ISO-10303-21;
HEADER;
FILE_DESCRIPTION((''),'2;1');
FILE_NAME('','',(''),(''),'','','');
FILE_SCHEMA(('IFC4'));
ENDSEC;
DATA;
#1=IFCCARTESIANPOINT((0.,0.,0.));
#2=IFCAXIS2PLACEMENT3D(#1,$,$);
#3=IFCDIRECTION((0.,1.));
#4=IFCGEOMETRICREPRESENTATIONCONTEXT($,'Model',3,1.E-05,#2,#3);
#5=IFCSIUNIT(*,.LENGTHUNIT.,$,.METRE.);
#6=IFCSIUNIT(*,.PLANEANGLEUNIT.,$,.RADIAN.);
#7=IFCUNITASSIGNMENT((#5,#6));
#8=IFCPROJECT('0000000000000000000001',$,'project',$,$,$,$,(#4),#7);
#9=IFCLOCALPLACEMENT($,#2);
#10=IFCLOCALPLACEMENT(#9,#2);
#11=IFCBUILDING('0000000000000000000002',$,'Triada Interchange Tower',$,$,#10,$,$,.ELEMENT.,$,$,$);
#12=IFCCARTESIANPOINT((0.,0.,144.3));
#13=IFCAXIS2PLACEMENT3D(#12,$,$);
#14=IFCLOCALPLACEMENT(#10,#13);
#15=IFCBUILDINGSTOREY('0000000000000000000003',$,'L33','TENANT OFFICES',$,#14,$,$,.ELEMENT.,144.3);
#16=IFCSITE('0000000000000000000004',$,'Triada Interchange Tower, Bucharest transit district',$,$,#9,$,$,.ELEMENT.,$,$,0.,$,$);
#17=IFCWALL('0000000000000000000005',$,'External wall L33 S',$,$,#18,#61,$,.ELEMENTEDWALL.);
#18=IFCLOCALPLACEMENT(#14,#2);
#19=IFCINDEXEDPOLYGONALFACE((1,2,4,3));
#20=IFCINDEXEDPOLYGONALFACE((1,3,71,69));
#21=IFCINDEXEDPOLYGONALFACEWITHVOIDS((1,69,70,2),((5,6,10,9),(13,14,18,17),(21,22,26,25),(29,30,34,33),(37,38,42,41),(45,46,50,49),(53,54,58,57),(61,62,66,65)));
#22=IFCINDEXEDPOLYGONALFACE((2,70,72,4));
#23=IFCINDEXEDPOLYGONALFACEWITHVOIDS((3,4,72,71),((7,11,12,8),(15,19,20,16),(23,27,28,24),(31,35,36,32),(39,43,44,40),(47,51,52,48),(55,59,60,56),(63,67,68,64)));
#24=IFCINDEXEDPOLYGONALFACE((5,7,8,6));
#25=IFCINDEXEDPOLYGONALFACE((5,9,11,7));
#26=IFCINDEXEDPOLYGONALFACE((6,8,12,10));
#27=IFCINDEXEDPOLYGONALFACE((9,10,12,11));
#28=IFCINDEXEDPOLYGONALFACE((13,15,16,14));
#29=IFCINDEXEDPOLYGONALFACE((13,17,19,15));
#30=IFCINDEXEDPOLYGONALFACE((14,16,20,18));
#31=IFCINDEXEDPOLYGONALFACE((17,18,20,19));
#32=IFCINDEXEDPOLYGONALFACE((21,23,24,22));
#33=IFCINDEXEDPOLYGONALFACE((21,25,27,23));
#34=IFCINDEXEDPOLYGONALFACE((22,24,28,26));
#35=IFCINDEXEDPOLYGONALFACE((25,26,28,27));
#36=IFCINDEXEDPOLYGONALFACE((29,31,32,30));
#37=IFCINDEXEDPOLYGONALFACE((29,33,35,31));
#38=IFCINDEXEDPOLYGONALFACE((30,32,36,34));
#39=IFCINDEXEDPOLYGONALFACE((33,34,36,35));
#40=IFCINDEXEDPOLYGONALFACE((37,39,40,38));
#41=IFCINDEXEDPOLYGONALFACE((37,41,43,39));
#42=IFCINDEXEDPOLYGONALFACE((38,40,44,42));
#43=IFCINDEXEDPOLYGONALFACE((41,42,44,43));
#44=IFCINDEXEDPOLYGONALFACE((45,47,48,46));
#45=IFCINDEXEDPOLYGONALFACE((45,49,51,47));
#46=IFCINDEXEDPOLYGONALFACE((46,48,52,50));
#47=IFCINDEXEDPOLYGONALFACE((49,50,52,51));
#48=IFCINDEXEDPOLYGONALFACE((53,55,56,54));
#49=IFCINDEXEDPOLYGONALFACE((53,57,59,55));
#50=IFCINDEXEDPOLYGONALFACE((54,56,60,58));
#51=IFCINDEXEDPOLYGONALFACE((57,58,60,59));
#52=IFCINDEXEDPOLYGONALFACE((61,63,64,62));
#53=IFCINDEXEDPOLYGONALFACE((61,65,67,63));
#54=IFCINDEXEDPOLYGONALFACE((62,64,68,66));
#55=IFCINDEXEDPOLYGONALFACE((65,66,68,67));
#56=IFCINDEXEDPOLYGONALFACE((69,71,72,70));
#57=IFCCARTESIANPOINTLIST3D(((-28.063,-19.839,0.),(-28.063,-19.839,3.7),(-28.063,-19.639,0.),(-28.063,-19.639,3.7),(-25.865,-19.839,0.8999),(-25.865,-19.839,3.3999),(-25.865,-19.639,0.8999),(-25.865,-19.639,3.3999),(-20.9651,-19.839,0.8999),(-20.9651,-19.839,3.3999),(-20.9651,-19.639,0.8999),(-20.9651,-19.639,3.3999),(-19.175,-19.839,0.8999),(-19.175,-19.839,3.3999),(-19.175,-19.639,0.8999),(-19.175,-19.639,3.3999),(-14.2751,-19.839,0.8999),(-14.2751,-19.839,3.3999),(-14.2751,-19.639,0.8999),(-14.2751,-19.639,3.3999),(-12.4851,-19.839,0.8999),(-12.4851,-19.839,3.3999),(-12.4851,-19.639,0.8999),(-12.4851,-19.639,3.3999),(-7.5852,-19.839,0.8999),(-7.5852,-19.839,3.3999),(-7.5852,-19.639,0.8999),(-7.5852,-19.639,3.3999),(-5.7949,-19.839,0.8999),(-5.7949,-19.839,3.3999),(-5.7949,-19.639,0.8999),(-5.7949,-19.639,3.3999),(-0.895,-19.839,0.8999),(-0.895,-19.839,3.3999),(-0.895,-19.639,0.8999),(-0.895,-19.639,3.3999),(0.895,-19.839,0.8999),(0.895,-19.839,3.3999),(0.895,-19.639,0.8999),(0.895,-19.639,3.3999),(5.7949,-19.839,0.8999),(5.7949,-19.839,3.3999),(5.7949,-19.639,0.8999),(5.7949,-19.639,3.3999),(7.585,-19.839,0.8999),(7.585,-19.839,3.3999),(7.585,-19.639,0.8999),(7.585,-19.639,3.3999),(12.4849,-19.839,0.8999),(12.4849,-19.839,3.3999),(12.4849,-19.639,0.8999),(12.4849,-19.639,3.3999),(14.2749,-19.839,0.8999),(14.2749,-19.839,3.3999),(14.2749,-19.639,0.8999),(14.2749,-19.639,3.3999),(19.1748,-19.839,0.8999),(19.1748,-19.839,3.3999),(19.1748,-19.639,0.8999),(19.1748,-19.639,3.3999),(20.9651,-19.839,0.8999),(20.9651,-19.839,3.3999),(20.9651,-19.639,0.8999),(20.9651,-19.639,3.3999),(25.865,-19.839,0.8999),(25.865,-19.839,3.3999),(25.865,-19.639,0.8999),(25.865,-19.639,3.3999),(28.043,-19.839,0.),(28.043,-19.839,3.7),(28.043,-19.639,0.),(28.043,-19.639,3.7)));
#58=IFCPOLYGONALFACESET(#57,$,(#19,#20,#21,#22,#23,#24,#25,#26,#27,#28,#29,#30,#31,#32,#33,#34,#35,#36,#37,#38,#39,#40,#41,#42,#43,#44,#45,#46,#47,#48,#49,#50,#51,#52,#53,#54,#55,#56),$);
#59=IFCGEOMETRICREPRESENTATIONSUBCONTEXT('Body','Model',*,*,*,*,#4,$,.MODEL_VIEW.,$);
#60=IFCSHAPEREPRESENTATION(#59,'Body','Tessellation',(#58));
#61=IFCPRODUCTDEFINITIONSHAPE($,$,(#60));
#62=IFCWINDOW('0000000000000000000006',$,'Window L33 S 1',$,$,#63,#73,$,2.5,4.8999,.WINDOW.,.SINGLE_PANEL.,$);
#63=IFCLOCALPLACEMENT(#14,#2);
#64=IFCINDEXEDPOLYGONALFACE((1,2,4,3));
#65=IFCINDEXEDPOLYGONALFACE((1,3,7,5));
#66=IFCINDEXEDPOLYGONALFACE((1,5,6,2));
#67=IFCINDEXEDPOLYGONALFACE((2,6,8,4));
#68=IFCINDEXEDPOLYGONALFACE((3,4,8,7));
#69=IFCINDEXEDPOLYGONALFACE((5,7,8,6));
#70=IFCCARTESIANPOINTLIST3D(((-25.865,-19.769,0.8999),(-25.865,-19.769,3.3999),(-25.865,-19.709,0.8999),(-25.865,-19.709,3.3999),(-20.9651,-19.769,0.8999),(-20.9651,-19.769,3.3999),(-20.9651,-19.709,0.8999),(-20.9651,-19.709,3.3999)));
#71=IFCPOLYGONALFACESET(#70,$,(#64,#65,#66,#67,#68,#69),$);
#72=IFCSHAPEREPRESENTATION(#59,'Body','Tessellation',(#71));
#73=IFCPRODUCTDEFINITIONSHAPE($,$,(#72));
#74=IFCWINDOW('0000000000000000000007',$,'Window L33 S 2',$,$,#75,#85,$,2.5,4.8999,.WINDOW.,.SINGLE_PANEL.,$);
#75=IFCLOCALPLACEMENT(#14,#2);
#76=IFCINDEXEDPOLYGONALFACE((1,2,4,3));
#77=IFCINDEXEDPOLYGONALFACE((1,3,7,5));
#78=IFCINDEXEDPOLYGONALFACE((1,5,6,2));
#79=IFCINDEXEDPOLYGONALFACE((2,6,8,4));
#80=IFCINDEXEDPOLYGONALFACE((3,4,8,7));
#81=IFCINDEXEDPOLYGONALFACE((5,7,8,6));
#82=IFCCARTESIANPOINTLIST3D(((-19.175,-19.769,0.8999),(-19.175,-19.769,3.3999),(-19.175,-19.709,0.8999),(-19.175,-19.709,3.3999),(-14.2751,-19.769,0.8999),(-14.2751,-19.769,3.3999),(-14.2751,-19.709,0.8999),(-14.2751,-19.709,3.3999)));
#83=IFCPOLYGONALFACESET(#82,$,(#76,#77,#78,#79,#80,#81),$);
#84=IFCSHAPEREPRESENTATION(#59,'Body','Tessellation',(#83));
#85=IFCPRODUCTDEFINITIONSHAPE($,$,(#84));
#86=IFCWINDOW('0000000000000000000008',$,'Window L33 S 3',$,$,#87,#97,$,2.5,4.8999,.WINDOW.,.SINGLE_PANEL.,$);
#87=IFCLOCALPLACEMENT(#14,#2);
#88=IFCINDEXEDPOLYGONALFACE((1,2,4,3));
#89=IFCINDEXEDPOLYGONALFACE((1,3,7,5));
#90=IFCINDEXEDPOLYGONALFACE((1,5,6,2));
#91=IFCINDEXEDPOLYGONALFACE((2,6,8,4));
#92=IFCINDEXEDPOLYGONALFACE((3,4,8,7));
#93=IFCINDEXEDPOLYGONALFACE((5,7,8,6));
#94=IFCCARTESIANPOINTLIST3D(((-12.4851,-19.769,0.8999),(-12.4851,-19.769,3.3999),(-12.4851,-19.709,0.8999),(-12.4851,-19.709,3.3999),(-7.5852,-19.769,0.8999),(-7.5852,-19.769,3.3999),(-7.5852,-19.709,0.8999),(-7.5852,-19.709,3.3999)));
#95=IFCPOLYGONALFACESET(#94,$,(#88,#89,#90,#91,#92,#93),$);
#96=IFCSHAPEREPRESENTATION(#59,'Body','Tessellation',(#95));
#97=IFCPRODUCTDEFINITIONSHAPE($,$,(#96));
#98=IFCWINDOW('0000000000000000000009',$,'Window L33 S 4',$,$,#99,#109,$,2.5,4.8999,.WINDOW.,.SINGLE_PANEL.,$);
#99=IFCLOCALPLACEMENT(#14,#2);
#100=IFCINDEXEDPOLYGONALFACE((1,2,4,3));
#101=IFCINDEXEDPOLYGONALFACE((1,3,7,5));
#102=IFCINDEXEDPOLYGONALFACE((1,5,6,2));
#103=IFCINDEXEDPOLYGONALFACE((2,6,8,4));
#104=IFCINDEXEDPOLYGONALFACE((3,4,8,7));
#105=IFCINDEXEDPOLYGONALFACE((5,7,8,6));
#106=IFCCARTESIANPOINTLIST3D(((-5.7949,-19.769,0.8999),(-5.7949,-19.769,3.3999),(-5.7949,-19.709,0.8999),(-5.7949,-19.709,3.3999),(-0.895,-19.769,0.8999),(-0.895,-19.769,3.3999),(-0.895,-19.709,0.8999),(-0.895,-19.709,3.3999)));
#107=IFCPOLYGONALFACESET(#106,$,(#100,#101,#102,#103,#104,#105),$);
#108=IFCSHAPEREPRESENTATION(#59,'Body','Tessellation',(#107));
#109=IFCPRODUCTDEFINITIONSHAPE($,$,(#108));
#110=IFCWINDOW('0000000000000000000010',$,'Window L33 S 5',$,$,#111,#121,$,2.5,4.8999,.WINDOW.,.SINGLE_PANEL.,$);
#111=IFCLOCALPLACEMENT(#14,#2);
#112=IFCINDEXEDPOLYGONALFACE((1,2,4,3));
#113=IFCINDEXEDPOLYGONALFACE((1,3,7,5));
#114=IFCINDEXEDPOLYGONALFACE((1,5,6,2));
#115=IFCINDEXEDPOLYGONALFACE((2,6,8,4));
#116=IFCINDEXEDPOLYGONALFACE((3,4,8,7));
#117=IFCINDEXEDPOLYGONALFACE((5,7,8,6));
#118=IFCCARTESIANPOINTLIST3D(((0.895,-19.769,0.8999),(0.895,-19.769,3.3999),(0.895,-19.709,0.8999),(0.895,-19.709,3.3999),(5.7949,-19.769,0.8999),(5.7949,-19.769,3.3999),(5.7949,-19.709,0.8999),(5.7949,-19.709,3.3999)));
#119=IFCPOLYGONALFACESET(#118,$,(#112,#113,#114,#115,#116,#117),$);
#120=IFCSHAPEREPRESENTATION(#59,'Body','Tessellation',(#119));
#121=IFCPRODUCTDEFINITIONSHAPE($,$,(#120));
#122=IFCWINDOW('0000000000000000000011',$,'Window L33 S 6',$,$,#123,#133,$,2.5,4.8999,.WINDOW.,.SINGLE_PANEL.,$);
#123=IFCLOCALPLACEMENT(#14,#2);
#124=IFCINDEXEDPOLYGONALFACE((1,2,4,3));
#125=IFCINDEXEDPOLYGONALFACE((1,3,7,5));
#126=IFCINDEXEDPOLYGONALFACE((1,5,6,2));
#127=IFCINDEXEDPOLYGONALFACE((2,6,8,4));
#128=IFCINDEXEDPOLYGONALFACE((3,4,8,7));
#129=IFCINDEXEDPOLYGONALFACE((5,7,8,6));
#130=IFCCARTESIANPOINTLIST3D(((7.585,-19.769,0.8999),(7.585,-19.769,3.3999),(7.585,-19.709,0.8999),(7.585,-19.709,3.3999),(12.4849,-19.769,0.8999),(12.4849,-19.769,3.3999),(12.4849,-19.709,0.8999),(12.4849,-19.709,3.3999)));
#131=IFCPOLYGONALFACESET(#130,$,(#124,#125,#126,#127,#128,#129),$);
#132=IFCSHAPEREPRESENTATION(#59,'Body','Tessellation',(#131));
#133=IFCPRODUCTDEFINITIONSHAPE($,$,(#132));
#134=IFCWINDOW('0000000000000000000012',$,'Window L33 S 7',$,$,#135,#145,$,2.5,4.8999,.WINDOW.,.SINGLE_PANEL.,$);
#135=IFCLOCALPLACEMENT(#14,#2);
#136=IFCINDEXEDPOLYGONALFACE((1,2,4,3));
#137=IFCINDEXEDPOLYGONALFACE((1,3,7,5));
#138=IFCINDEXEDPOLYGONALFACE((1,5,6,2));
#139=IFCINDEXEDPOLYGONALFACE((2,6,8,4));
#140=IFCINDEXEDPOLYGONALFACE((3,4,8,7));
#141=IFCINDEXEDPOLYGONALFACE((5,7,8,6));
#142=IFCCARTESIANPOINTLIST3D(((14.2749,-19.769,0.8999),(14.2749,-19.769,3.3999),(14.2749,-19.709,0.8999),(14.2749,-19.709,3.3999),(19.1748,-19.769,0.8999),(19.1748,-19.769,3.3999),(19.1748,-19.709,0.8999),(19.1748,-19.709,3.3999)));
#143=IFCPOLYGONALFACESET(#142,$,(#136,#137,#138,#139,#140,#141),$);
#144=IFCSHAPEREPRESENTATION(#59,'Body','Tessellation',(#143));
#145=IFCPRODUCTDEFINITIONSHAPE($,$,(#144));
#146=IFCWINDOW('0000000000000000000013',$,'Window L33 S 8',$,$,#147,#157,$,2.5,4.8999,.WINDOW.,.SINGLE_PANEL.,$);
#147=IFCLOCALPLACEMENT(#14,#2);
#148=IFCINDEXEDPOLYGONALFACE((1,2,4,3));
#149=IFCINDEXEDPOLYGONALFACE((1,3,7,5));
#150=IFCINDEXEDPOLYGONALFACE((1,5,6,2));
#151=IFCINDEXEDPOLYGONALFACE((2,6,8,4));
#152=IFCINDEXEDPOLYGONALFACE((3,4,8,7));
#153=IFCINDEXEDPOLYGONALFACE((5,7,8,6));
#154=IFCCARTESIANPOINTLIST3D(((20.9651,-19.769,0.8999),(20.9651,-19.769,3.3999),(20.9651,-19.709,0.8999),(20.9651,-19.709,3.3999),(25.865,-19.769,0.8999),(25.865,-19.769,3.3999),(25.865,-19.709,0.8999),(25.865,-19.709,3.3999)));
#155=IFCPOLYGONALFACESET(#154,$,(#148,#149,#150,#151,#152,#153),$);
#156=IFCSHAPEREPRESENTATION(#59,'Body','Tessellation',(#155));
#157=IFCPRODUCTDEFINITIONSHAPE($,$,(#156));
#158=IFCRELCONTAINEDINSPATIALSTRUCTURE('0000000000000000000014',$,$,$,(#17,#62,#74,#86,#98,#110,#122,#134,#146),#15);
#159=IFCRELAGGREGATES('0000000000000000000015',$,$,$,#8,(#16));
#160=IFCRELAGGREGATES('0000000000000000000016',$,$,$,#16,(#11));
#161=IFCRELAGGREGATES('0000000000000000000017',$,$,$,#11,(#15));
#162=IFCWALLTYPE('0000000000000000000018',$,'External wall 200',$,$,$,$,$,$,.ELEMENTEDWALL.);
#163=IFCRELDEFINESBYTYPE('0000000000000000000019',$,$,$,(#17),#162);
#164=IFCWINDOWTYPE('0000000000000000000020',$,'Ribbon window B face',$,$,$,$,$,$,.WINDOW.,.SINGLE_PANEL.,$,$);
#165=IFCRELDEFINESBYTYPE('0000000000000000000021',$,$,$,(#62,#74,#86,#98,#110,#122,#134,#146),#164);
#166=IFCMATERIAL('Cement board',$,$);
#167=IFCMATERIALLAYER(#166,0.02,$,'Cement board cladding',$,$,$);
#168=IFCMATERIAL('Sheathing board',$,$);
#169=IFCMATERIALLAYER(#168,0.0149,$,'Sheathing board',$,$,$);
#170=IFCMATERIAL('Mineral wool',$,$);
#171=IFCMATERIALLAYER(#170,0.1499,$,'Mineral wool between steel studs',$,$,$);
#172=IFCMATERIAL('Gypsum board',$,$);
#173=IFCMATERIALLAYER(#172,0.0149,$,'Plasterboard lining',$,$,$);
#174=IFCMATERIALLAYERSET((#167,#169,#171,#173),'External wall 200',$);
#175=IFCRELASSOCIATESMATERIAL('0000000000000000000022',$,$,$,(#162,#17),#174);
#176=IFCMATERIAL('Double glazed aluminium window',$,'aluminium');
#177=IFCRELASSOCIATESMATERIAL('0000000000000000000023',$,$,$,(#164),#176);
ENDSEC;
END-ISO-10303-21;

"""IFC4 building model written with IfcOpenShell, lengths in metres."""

from ifc_helpers import new_model, si_unit, direction, frame, frame_2d, origin, place, context, subcontext, project, spatial, rectangle, extrude, material, layer, layer_set, layer_usage, type_object, element, fill, save


model = new_model("IFC4")

# Units and contexts
model_context = context("Model", 3, precision=1e-05, world=origin(), true_north=direction((0.0, 1.0)))
body_context = subcontext(model_context, "Body", "Model", "MODEL_VIEW")
ifc_project = project(units=[si_unit("LENGTHUNIT", "METRE"), si_unit("PLANEANGLEUNIT", "RADIAN")], contexts=[model_context])

# Site, building, storey
site_placement = place(None, origin())
site = spatial("IfcSite", under=ifc_project, at=site_placement, Name="Triada Interchange Tower, Bucharest transit district", CompositionType="ELEMENT", RefElevation=0.0)
building_placement = place(site_placement, origin())
building = spatial("IfcBuilding", under=site, at=building_placement, Name="Triada Interchange Tower", CompositionType="ELEMENT")
storey_placement = place(building_placement, frame((0.0, 0.0, 144.3)))
storey = spatial("IfcBuildingStorey", under=building, at=storey_placement, Name="L33", Description="TENANT OFFICES", CompositionType="ELEMENT", Elevation=144.3)

# Shared definitions
ifc_material_1 = material(Name="Cement board")
ifc_layer_1 = layer(ifc_material_1, 0.02, Name="Cement board cladding")
ifc_material_2 = material(Name="Sheathing board")
ifc_layer_2 = layer(ifc_material_2, 0.0149, Name="Sheathing board")
ifc_material_3 = material(Name="Mineral wool")
ifc_layer_3 = layer(ifc_material_3, 0.1499, Name="Mineral wool between steel studs")
ifc_material_4 = material(Name="Gypsum board")
ifc_layer_4 = layer(ifc_material_4, 0.0149, Name="Plasterboard lining")
ifc_layer_set_1 = layer_set([ifc_layer_1, ifc_layer_2, ifc_layer_3, ifc_layer_4], Name="External wall 200")
ifc_layer_usage = layer_usage(ifc_layer_set_1, "AXIS2", "POSITIVE", -0.1001)
wall_type_1 = type_object("IfcWallType", Name="External wall 200", PredefinedType="ELEMENTEDWALL", material=ifc_layer_set_1)
ifc_material_5 = material(Name="Double glazed aluminium window", Category="aluminium")

# Wall, openings, windows
wall_1_placement = place(storey_placement, frame((-28.063, -19.739, 0.0), z_axis=(0.0, 0.0, 1.0), x_axis=(1.0, 0.0, 0.0)))
wall_1 = element("IfcWall", 1, at=wall_1_placement, inside=storey, type_object=wall_type_1, material=ifc_layer_usage, Name="External wall L33 S", PredefinedType="ELEMENTEDWALL", context=body_context, shape_type="SweptSolid", body=[
    extrude(rectangle(XDim=56.106, YDim=0.2, at=frame_2d((28.053, 0.0))), origin(), (0.0, 0.0, 1.0), 3.7),
])
opening_1_placement = place(wall_1_placement, frame((2.198, 0.0, 0.8999)))
opening_1 = element("IfcOpeningElement", 2, at=opening_1_placement, cuts=wall_1, PredefinedType="OPENING", context=body_context, shape_type="SweptSolid", body=[
    extrude(rectangle(XDim=4.8999, YDim=2.5, at=frame_2d((2.45, 1.25))), frame((0.0, 0.1099, 0.0), z_axis=(0.0, -1.0, 0.0), x_axis=(1.0, 0.0, 0.0)), (0.0, 0.0, 1.0), 0.22),
])
opening_2_placement = place(wall_1_placement, frame((8.8879, 0.0, 0.8999)))
opening_2 = element("IfcOpeningElement", 3, at=opening_2_placement, cuts=wall_1, PredefinedType="OPENING", context=body_context, shape_type="SweptSolid", body=[
    extrude(rectangle(XDim=4.8999, YDim=2.5, at=frame_2d((2.45, 1.25))), frame((0.0, 0.1099, 0.0), z_axis=(0.0, -1.0, 0.0), x_axis=(1.0, 0.0, 0.0)), (0.0, 0.0, 1.0), 0.22),
])
opening_3_placement = place(wall_1_placement, frame((15.5779, 0.0, 0.8999)))
opening_3 = element("IfcOpeningElement", 4, at=opening_3_placement, cuts=wall_1, PredefinedType="OPENING", context=body_context, shape_type="SweptSolid", body=[
    extrude(rectangle(XDim=4.8999, YDim=2.5, at=frame_2d((2.45, 1.25))), frame((0.0, 0.1099, 0.0), z_axis=(0.0, -1.0, 0.0), x_axis=(1.0, 0.0, 0.0)), (0.0, 0.0, 1.0), 0.22),
])
opening_4_placement = place(wall_1_placement, frame((22.2681, 0.0, 0.8999)))
opening_4 = element("IfcOpeningElement", 5, at=opening_4_placement, cuts=wall_1, PredefinedType="OPENING", context=body_context, shape_type="SweptSolid", body=[
    extrude(rectangle(XDim=4.8999, YDim=2.5, at=frame_2d((2.45, 1.25))), frame((0.0, 0.1099, 0.0), z_axis=(0.0, -1.0, 0.0), x_axis=(1.0, 0.0, 0.0)), (0.0, 0.0, 1.0), 0.22),
])
opening_5_placement = place(wall_1_placement, frame((28.958, 0.0, 0.8999)))
opening_5 = element("IfcOpeningElement", 6, at=opening_5_placement, cuts=wall_1, PredefinedType="OPENING", context=body_context, shape_type="SweptSolid", body=[
    extrude(rectangle(XDim=4.8999, YDim=2.5, at=frame_2d((2.45, 1.25))), frame((0.0, 0.1099, 0.0), z_axis=(0.0, -1.0, 0.0), x_axis=(1.0, 0.0, 0.0)), (0.0, 0.0, 1.0), 0.22),
])
opening_6_placement = place(wall_1_placement, frame((35.6479, 0.0, 0.8999)))
opening_6 = element("IfcOpeningElement", 7, at=opening_6_placement, cuts=wall_1, PredefinedType="OPENING", context=body_context, shape_type="SweptSolid", body=[
    extrude(rectangle(XDim=4.8999, YDim=2.5, at=frame_2d((2.45, 1.25))), frame((0.0, 0.1099, 0.0), z_axis=(0.0, -1.0, 0.0), x_axis=(1.0, 0.0, 0.0)), (0.0, 0.0, 1.0), 0.22),
])
opening_7_placement = place(wall_1_placement, frame((42.3379, 0.0, 0.8999)))
opening_7 = element("IfcOpeningElement", 8, at=opening_7_placement, cuts=wall_1, PredefinedType="OPENING", context=body_context, shape_type="SweptSolid", body=[
    extrude(rectangle(XDim=4.8999, YDim=2.5, at=frame_2d((2.45, 1.25))), frame((0.0, 0.1099, 0.0), z_axis=(0.0, -1.0, 0.0), x_axis=(1.0, 0.0, 0.0)), (0.0, 0.0, 1.0), 0.22),
])
opening_8_placement = place(wall_1_placement, frame((49.0281, 0.0, 0.8999)))
opening_8 = element("IfcOpeningElement", 9, at=opening_8_placement, cuts=wall_1, PredefinedType="OPENING", context=body_context, shape_type="SweptSolid", body=[
    extrude(rectangle(XDim=4.8999, YDim=2.5, at=frame_2d((2.45, 1.25))), frame((0.0, 0.1099, 0.0), z_axis=(0.0, -1.0, 0.0), x_axis=(1.0, 0.0, 0.0)), (0.0, 0.0, 1.0), 0.22),
])
window_type_1 = type_object("IfcWindowType", Name="Ribbon window B face", PartitioningType="SINGLE_PANEL", PredefinedType="WINDOW", material=ifc_material_5)
window_1_placement = place(opening_1_placement, origin())
window_1 = element("IfcWindow", 10, at=window_1_placement, inside=storey, type_object=window_type_1, Name="Window L33 S 1", OverallHeight=2.5, OverallWidth=4.8999, PartitioningType="SINGLE_PANEL", PredefinedType="WINDOW", context=body_context, shape_type="SweptSolid", body=[
    extrude(rectangle(XDim=4.8999, YDim=2.5, at=frame_2d((2.45, 1.25))), frame((0.0, 0.03, 0.0), z_axis=(0.0, -1.0, 0.0), x_axis=(1.0, 0.0, 0.0)), (0.0, 0.0, 1.0), 0.0601),
])
fill(opening_1, window_1)
window_2_placement = place(opening_2_placement, origin())
window_2 = element("IfcWindow", 11, at=window_2_placement, inside=storey, type_object=window_type_1, Name="Window L33 S 2", OverallHeight=2.5, OverallWidth=4.8999, PartitioningType="SINGLE_PANEL", PredefinedType="WINDOW", context=body_context, shape_type="SweptSolid", body=[
    extrude(rectangle(XDim=4.8999, YDim=2.5, at=frame_2d((2.45, 1.25))), frame((0.0, 0.03, 0.0), z_axis=(0.0, -1.0, 0.0), x_axis=(1.0, 0.0, 0.0)), (0.0, 0.0, 1.0), 0.0601),
])
fill(opening_2, window_2)
window_3_placement = place(opening_3_placement, origin())
window_3 = element("IfcWindow", 12, at=window_3_placement, inside=storey, type_object=window_type_1, Name="Window L33 S 3", OverallHeight=2.5, OverallWidth=4.8999, PartitioningType="SINGLE_PANEL", PredefinedType="WINDOW", context=body_context, shape_type="SweptSolid", body=[
    extrude(rectangle(XDim=4.8999, YDim=2.5, at=frame_2d((2.45, 1.25))), frame((0.0, 0.03, 0.0), z_axis=(0.0, -1.0, 0.0), x_axis=(1.0, 0.0, 0.0)), (0.0, 0.0, 1.0), 0.0601),
])
fill(opening_3, window_3)
window_4_placement = place(opening_4_placement, origin())
window_4 = element("IfcWindow", 13, at=window_4_placement, inside=storey, type_object=window_type_1, Name="Window L33 S 4", OverallHeight=2.5, OverallWidth=4.8999, PartitioningType="SINGLE_PANEL", PredefinedType="WINDOW", context=body_context, shape_type="SweptSolid", body=[
    extrude(rectangle(XDim=4.8999, YDim=2.5, at=frame_2d((2.45, 1.25))), frame((0.0, 0.03, 0.0), z_axis=(0.0, -1.0, 0.0), x_axis=(1.0, 0.0, 0.0)), (0.0, 0.0, 1.0), 0.0601),
])
fill(opening_4, window_4)
window_5_placement = place(opening_5_placement, origin())
window_5 = element("IfcWindow", 14, at=window_5_placement, inside=storey, type_object=window_type_1, Name="Window L33 S 5", OverallHeight=2.5, OverallWidth=4.8999, PartitioningType="SINGLE_PANEL", PredefinedType="WINDOW", context=body_context, shape_type="SweptSolid", body=[
    extrude(rectangle(XDim=4.8999, YDim=2.5, at=frame_2d((2.45, 1.25))), frame((0.0, 0.03, 0.0), z_axis=(0.0, -1.0, 0.0), x_axis=(1.0, 0.0, 0.0)), (0.0, 0.0, 1.0), 0.0601),
])
fill(opening_5, window_5)
window_6_placement = place(opening_6_placement, origin())
window_6 = element("IfcWindow", 15, at=window_6_placement, inside=storey, type_object=window_type_1, Name="Window L33 S 6", OverallHeight=2.5, OverallWidth=4.8999, PartitioningType="SINGLE_PANEL", PredefinedType="WINDOW", context=body_context, shape_type="SweptSolid", body=[
    extrude(rectangle(XDim=4.8999, YDim=2.5, at=frame_2d((2.45, 1.25))), frame((0.0, 0.03, 0.0), z_axis=(0.0, -1.0, 0.0), x_axis=(1.0, 0.0, 0.0)), (0.0, 0.0, 1.0), 0.0601),
])
fill(opening_6, window_6)
window_7_placement = place(opening_7_placement, origin())
window_7 = element("IfcWindow", 16, at=window_7_placement, inside=storey, type_object=window_type_1, Name="Window L33 S 7", OverallHeight=2.5, OverallWidth=4.8999, PartitioningType="SINGLE_PANEL", PredefinedType="WINDOW", context=body_context, shape_type="SweptSolid", body=[
    extrude(rectangle(XDim=4.8999, YDim=2.5, at=frame_2d((2.45, 1.25))), frame((0.0, 0.03, 0.0), z_axis=(0.0, -1.0, 0.0), x_axis=(1.0, 0.0, 0.0)), (0.0, 0.0, 1.0), 0.0601),
])
fill(opening_7, window_7)
window_8_placement = place(opening_8_placement, origin())
window_8 = element("IfcWindow", 17, at=window_8_placement, inside=storey, type_object=window_type_1, Name="Window L33 S 8", OverallHeight=2.5, OverallWidth=4.8999, PartitioningType="SINGLE_PANEL", PredefinedType="WINDOW", context=body_context, shape_type="SweptSolid", body=[
    extrude(rectangle(XDim=4.8999, YDim=2.5, at=frame_2d((2.45, 1.25))), frame((0.0, 0.03, 0.0), z_axis=(0.0, -1.0, 0.0), x_axis=(1.0, 0.0, 0.0)), (0.0, 0.0, 1.0), 0.0601),
])
fill(opening_8, window_8)

save(model, "model.ifc")
